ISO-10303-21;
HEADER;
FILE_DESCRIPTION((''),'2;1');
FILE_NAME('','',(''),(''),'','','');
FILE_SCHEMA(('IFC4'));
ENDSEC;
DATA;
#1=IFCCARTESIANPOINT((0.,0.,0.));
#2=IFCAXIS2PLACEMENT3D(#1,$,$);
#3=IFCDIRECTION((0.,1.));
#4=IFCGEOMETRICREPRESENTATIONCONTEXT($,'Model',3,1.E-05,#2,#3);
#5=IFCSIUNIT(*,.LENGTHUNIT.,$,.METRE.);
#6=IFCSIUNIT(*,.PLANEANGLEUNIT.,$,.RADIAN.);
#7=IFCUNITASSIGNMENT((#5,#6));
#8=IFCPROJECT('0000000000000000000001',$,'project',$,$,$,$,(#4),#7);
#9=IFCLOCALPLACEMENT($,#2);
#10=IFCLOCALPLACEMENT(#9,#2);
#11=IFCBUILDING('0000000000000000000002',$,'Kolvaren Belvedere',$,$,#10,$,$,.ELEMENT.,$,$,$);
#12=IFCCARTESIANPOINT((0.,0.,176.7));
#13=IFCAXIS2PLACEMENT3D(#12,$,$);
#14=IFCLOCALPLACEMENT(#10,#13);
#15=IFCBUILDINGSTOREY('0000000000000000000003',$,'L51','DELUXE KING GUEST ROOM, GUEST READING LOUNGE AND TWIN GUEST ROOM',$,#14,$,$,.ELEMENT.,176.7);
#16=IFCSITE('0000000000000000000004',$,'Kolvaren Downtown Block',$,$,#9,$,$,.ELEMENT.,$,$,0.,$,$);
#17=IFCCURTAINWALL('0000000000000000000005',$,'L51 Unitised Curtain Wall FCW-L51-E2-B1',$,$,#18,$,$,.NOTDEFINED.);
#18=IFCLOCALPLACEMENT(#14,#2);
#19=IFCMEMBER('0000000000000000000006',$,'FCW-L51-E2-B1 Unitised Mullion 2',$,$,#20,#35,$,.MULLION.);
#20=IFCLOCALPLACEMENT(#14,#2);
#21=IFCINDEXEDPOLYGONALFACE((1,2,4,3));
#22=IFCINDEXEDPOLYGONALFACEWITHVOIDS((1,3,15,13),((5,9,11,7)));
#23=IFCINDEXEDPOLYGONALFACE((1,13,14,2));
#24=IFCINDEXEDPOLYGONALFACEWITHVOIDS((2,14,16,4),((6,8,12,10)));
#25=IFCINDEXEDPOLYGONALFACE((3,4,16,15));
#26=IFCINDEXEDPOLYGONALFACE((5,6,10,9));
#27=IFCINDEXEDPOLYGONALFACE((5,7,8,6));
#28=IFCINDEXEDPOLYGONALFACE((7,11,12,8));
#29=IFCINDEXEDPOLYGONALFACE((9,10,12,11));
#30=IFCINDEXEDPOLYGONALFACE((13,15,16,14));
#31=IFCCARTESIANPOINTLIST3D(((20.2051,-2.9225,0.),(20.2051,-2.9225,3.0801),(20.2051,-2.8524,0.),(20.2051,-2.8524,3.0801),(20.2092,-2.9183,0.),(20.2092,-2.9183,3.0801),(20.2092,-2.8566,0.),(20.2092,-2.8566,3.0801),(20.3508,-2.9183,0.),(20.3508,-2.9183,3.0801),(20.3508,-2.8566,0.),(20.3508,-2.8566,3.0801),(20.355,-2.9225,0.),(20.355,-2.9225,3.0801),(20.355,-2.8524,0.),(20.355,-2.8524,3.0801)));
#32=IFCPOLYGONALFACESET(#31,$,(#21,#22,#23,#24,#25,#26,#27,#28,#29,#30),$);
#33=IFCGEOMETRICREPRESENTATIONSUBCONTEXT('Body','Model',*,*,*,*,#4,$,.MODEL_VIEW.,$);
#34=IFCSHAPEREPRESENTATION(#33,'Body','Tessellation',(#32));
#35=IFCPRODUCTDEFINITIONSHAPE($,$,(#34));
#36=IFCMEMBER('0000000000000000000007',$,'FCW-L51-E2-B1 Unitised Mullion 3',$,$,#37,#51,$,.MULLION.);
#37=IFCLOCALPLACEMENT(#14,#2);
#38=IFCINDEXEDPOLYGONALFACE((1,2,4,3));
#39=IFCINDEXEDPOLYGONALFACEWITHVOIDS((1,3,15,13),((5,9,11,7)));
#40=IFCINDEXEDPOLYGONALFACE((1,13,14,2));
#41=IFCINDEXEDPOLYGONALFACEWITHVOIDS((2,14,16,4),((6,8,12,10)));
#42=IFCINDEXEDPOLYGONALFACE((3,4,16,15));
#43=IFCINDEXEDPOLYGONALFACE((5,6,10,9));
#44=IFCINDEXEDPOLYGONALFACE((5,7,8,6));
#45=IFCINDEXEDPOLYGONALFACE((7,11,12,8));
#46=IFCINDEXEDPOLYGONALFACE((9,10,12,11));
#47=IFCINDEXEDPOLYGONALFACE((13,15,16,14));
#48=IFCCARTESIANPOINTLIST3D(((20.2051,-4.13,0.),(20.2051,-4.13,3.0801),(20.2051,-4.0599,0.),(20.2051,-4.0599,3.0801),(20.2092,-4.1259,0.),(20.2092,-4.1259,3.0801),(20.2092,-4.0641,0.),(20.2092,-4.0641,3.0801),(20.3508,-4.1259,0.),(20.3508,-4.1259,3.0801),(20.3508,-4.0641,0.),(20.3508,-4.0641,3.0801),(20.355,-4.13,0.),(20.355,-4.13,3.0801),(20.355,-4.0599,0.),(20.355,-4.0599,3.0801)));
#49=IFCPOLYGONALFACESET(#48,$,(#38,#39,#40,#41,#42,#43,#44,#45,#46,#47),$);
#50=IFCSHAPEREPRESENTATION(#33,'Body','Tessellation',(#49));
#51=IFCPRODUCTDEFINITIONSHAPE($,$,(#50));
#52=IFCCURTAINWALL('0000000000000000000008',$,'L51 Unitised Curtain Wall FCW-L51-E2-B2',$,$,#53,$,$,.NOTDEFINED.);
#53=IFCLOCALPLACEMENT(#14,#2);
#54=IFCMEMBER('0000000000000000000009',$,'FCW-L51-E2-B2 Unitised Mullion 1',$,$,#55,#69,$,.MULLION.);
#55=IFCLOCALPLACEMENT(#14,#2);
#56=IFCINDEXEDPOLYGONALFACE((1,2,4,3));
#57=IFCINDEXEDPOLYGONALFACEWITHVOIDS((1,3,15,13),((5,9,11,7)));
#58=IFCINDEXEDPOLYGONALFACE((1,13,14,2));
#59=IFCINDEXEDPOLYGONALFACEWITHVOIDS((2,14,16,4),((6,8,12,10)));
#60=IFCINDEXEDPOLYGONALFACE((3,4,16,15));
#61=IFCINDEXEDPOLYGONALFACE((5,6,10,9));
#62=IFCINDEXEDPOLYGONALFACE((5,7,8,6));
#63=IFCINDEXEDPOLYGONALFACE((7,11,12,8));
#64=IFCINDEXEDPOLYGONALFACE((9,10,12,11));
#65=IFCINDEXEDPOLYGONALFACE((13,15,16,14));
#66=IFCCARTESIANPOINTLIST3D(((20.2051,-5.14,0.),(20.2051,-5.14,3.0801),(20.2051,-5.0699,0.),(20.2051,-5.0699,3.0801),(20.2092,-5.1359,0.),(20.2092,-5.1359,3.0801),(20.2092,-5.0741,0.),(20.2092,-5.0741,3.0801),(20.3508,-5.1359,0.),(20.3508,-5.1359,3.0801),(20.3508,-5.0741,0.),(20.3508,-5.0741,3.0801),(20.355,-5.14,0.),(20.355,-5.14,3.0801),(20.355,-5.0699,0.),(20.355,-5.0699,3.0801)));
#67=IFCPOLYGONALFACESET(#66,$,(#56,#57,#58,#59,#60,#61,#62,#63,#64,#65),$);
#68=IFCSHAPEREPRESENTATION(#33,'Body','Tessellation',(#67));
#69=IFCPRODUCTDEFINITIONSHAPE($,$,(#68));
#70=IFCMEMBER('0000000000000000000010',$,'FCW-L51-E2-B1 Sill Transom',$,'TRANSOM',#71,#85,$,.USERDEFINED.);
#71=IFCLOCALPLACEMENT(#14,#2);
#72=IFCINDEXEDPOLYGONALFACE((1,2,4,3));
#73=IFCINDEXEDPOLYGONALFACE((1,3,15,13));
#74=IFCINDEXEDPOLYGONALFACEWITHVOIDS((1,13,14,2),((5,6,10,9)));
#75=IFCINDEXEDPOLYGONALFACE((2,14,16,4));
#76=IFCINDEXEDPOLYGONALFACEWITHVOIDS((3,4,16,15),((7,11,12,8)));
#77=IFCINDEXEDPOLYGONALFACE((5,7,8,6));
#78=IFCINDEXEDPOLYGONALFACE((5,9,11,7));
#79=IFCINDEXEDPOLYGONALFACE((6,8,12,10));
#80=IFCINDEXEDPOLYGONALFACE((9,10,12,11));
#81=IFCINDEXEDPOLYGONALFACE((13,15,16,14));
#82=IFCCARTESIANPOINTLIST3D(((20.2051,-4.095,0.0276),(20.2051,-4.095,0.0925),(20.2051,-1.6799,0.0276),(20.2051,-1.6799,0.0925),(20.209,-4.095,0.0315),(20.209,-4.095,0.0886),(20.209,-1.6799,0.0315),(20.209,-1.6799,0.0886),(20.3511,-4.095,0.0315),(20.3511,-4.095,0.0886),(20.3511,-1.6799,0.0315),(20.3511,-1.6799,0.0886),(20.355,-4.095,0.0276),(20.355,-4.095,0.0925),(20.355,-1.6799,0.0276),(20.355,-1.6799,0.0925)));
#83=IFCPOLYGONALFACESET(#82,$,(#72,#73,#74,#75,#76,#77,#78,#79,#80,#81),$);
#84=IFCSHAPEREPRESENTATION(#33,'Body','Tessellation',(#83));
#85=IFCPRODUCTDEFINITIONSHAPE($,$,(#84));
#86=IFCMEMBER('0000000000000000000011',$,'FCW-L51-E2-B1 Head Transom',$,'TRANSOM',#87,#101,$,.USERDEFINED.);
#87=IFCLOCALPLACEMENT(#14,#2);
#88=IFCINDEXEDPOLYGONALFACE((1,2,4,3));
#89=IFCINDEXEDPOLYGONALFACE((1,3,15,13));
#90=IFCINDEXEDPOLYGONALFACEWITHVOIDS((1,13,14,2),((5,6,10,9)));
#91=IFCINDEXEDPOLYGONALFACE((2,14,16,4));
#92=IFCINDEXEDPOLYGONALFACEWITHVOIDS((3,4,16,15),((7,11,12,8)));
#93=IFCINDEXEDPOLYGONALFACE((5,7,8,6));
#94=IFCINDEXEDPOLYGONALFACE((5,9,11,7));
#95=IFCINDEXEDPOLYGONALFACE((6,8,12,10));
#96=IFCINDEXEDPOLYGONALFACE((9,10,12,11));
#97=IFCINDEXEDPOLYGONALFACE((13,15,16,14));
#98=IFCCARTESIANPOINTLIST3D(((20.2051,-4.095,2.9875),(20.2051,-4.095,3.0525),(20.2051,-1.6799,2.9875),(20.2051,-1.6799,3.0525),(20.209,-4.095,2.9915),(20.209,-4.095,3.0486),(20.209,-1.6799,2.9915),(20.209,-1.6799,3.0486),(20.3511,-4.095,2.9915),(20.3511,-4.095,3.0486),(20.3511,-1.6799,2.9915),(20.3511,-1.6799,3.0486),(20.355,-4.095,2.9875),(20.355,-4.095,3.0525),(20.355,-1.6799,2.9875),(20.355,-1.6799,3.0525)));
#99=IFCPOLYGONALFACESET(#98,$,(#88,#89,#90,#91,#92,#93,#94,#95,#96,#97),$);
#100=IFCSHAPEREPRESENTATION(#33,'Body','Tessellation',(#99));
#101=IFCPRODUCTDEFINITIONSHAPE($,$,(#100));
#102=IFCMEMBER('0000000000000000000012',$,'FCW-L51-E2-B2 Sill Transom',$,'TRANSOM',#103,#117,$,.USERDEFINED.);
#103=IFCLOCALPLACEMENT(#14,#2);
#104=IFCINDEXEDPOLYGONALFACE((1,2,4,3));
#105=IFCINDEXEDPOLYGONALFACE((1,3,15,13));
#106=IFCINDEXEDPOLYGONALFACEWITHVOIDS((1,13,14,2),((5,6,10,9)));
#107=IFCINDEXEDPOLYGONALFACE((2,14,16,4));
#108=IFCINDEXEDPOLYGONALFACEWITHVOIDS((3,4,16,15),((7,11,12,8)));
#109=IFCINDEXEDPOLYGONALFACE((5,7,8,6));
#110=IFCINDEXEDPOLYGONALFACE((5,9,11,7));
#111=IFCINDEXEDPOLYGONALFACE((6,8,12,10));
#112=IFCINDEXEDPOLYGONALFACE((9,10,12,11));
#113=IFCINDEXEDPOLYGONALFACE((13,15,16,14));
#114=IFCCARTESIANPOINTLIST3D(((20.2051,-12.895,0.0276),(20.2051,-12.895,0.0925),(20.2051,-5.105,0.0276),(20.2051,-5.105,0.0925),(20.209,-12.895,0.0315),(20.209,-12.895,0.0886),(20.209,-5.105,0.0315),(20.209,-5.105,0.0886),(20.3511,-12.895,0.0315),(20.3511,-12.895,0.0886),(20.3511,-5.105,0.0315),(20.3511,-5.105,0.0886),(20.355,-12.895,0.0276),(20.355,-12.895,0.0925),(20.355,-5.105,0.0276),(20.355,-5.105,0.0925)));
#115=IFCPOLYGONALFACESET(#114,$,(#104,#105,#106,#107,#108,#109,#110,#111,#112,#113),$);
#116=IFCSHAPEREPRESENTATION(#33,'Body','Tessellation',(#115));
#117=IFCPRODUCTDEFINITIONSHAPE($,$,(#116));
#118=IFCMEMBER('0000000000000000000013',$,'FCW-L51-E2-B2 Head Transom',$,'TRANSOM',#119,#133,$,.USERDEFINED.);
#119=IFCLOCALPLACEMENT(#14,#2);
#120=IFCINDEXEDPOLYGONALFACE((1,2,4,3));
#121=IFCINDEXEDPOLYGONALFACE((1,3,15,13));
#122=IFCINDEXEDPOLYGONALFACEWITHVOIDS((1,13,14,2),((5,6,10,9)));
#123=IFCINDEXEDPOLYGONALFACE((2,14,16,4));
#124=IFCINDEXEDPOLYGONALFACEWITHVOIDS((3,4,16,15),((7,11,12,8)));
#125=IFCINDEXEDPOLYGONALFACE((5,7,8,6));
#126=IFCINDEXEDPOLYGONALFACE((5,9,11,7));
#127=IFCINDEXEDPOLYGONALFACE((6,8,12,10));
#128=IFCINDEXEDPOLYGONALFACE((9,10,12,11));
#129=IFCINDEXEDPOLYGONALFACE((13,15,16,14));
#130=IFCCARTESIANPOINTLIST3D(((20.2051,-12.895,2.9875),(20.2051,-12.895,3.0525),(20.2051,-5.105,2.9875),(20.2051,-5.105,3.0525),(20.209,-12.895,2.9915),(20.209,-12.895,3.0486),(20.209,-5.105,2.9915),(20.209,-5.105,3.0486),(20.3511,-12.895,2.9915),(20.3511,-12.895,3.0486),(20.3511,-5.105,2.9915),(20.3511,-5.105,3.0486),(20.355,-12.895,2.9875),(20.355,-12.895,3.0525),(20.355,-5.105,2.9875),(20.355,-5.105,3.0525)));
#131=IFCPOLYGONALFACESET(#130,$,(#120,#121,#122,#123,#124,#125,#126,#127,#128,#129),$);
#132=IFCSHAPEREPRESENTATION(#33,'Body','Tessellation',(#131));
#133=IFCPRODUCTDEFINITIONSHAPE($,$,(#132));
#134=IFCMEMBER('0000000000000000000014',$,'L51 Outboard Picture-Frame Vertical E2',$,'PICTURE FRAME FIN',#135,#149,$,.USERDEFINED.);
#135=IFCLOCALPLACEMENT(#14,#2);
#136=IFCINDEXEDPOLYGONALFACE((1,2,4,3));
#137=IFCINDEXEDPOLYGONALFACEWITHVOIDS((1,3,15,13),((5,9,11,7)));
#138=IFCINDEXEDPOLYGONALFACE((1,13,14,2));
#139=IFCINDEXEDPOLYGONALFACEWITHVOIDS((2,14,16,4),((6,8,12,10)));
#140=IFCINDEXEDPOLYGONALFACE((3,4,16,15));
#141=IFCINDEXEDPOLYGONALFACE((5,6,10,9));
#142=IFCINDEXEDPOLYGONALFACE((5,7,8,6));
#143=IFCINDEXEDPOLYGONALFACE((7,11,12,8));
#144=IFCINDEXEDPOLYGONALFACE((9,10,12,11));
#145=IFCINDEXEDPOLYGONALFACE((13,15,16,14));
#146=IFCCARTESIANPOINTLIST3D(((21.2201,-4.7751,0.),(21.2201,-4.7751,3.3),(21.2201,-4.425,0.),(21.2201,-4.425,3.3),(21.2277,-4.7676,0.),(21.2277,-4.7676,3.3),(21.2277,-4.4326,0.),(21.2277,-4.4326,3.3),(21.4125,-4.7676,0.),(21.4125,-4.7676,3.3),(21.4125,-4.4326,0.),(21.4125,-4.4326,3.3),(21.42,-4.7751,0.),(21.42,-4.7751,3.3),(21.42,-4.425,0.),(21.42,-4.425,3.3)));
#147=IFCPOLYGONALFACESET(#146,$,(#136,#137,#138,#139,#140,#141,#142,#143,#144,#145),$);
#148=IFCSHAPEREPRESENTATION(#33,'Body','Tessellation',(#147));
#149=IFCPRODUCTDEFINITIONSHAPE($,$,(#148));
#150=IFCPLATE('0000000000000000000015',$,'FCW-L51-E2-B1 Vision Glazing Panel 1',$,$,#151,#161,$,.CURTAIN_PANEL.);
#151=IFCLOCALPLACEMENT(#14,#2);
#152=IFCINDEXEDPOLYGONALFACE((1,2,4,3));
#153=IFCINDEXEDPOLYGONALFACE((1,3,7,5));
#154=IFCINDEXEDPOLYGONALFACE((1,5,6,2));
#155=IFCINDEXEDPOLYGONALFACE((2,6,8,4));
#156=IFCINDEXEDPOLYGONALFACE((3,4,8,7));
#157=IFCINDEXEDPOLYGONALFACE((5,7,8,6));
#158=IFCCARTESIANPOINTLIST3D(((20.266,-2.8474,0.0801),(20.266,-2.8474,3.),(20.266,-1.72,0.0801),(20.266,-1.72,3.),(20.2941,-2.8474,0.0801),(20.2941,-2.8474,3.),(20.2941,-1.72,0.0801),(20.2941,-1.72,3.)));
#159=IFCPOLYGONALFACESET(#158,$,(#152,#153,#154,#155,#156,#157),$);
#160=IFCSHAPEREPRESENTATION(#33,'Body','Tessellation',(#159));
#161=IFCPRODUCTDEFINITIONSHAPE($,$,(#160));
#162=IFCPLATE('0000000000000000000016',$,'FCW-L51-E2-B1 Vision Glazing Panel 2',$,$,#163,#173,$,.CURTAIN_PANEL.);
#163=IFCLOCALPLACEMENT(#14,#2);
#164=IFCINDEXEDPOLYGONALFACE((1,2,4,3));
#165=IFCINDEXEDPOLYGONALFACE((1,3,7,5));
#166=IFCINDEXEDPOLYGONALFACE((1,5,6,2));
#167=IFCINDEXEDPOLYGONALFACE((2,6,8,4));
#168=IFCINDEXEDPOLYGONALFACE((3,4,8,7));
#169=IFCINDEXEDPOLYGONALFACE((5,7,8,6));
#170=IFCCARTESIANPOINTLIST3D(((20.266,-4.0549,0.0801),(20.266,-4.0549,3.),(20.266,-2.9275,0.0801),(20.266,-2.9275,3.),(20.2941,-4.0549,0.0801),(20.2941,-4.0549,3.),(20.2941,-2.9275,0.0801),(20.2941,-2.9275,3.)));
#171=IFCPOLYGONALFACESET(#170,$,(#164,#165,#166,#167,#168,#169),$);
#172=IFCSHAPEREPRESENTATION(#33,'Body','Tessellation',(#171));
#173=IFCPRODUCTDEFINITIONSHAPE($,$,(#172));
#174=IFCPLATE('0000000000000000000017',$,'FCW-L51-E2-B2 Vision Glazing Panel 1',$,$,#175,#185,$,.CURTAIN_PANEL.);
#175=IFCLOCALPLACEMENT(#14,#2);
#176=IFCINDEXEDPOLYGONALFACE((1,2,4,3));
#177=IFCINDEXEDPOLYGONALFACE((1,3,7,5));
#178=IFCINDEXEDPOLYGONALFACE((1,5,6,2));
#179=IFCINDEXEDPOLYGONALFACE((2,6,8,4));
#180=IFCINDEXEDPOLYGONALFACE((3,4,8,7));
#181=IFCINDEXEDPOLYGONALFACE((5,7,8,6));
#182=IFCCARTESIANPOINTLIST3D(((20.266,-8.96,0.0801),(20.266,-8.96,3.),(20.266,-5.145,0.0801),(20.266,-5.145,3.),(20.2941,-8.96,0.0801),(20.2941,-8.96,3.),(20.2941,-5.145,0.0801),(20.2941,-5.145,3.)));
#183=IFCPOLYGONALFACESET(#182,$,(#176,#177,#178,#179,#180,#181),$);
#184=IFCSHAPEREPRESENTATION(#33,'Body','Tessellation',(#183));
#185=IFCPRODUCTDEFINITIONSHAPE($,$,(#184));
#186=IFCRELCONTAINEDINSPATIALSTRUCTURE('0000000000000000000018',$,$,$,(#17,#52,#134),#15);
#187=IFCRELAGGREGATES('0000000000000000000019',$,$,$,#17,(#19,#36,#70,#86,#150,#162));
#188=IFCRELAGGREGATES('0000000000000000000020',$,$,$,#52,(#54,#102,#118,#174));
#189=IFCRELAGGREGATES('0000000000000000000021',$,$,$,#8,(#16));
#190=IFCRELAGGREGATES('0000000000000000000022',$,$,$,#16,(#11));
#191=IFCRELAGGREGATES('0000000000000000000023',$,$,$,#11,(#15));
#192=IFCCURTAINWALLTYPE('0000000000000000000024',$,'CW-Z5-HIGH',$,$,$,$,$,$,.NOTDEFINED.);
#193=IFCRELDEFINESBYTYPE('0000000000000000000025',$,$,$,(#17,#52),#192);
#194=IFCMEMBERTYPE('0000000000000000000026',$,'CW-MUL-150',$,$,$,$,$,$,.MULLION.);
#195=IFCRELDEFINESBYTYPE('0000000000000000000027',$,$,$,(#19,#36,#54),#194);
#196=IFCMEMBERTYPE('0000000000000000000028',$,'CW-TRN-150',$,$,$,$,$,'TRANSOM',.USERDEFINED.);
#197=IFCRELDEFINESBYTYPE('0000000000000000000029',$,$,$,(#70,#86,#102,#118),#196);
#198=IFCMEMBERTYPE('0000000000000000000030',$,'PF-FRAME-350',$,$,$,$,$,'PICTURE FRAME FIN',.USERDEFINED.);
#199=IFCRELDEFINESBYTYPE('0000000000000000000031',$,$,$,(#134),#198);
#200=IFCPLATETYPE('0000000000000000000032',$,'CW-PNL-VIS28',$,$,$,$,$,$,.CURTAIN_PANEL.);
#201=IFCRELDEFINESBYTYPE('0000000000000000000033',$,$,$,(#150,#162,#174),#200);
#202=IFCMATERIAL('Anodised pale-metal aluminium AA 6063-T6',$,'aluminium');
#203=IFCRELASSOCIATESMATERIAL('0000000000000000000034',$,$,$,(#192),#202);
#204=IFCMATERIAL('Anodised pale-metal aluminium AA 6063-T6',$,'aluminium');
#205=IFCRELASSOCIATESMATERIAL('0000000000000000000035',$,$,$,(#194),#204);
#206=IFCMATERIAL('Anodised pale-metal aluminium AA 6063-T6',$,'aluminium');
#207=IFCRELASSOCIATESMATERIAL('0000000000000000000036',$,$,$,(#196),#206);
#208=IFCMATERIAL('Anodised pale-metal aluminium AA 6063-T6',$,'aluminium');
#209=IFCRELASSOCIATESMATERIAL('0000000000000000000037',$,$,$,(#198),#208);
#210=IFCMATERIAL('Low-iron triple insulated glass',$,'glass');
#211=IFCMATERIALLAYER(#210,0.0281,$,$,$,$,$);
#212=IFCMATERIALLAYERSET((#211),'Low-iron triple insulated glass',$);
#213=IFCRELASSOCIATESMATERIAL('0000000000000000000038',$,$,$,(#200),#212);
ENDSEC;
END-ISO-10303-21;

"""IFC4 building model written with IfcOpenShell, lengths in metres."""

from ifc_helpers import new_model, si_unit, direction, frame, origin, origin_2d, place, context, subcontext, project, spatial, rectangle, hollow_rectangle, extrude, material, layer, layer_set, material_profile, profile_set, type_object, element, aggregate, save


model = new_model("IFC4")

# Units and contexts
model_context = context("Model", 3, precision=1e-05, world=origin(), true_north=direction((0.0, 1.0)))
body_context = subcontext(model_context, "Body", "Model", "MODEL_VIEW")
ifc_project = project(units=[si_unit("LENGTHUNIT", "METRE"), si_unit("PLANEANGLEUNIT", "RADIAN")], contexts=[model_context])

# Site, building, storey
site_placement = place(None, origin())
site = spatial("IfcSite", under=ifc_project, at=site_placement, Name="Kolvaren Downtown Block", CompositionType="ELEMENT", RefElevation=0.0)
building_placement = place(site_placement, origin())
building = spatial("IfcBuilding", under=site, at=building_placement, Name="Kolvaren Belvedere", CompositionType="ELEMENT")
storey_placement = place(building_placement, frame((0.0, 0.0, 176.7)))
storey = spatial("IfcBuildingStorey", under=building, at=storey_placement, Name="L51", Description="DELUXE KING GUEST ROOM, GUEST READING LOUNGE AND TWIN GUEST ROOM", CompositionType="ELEMENT", Elevation=176.7)

# Curtain wall, members
ifc_material_1 = material(Name="Anodised pale-metal aluminium AA 6063-T6", Category="aluminium")
curtain_wall_type = type_object("IfcCurtainWallType", Name="CW-Z5-HIGH", PredefinedType="NOTDEFINED", material=ifc_material_1)
curtain_wall_1_placement = place(storey_placement, origin())
curtain_wall_1 = element("IfcCurtainWall", 1, at=curtain_wall_1_placement, inside=storey, type_object=curtain_wall_type, Name="L51 Unitised Curtain Wall FCW-L51-E2-B1", PredefinedType="NOTDEFINED")
ifc_material_2 = material(Name="Anodised pale-metal aluminium AA 6063-T6", Category="aluminium")
ifc_material_profile_1 = material_profile(ifc_material_2, hollow_rectangle(XDim=0.0701, YDim=0.1499, WallThickness=0.0042, at=origin_2d()), Name="ALU-MUL-150X70")
ifc_profile_set_1 = profile_set([ifc_material_profile_1], Name="Anodised pale-metal aluminium AA 6063-T6")
member_type_1 = type_object("IfcMemberType", Name="CW-MUL-150", PredefinedType="MULLION", material=ifc_profile_set_1)
member_1_placement = place(storey_placement, frame((20.28, -2.8875, 0.0), z_axis=(0.0, 0.0, 1.0), x_axis=(0.0, 1.0, 0.0)))
member_1 = element("IfcMember", 2, at=member_1_placement, type_object=member_type_1, Name="FCW-L51-E2-B1 Unitised Mullion 2", PredefinedType="MULLION", context=body_context, shape_type="SweptSolid", body=[
    extrude(hollow_rectangle(XDim=0.0701, YDim=0.1499, WallThickness=0.0042, at=origin_2d()), origin(), (0.0, 0.0, 1.0), 3.0801),
])
member_2_placement = place(storey_placement, frame((20.28, -4.095, 0.0), z_axis=(0.0, 0.0, 1.0), x_axis=(0.0, 1.0, 0.0)))
member_2 = element("IfcMember", 3, at=member_2_placement, type_object=member_type_1, Name="FCW-L51-E2-B1 Unitised Mullion 3", PredefinedType="MULLION", context=body_context, shape_type="SweptSolid", body=[
    extrude(hollow_rectangle(XDim=0.0701, YDim=0.1499, WallThickness=0.0042, at=origin_2d()), origin(), (0.0, 0.0, 1.0), 3.0801),
])

# Curtain wall, member
curtain_wall_2_placement = place(storey_placement, origin())
curtain_wall_2 = element("IfcCurtainWall", 4, at=curtain_wall_2_placement, inside=storey, type_object=curtain_wall_type, Name="L51 Unitised Curtain Wall FCW-L51-E2-B2", PredefinedType="NOTDEFINED")
member_3_placement = place(storey_placement, frame((20.28, -5.105, 0.0), z_axis=(0.0, 0.0, 1.0), x_axis=(0.0, 1.0, 0.0)))
member_3 = element("IfcMember", 5, at=member_3_placement, type_object=member_type_1, Name="FCW-L51-E2-B2 Unitised Mullion 1", PredefinedType="MULLION", context=body_context, shape_type="SweptSolid", body=[
    extrude(hollow_rectangle(XDim=0.0701, YDim=0.1499, WallThickness=0.0042, at=origin_2d()), origin(), (0.0, 0.0, 1.0), 3.0801),
])

# Members
ifc_material_3 = material(Name="Anodised pale-metal aluminium AA 6063-T6", Category="aluminium")
ifc_material_profile_2 = material_profile(ifc_material_3, hollow_rectangle(XDim=0.0649, YDim=0.1499, WallThickness=0.0039, at=origin_2d()), Name="ALU-TRN-150X65")
ifc_profile_set_2 = profile_set([ifc_material_profile_2], Name="Anodised pale-metal aluminium AA 6063-T6")
member_type_2 = type_object("IfcMemberType", Name="CW-TRN-150", ElementType="TRANSOM", PredefinedType="USERDEFINED", material=ifc_profile_set_2)
member_4_placement = place(storey_placement, frame((20.28, -1.6799, 0.0601), z_axis=(0.0, -1.0, 0.0), x_axis=(0.0, 0.0, 1.0)))
member_4 = element("IfcMember", 6, at=member_4_placement, type_object=member_type_2, Name="FCW-L51-E2-B1 Sill Transom", ObjectType="TRANSOM", PredefinedType="USERDEFINED", context=body_context, shape_type="SweptSolid", body=[
    extrude(hollow_rectangle(XDim=0.0649, YDim=0.1499, WallThickness=0.0039, at=origin_2d()), origin(), (0.0, 0.0, 1.0), 2.415),
])
member_5_placement = place(storey_placement, frame((20.28, -1.6799, 3.02), z_axis=(0.0, -1.0, 0.0), x_axis=(0.0, 0.0, 1.0)))
member_5 = element("IfcMember", 7, at=member_5_placement, type_object=member_type_2, Name="FCW-L51-E2-B1 Head Transom", ObjectType="TRANSOM", PredefinedType="USERDEFINED", context=body_context, shape_type="SweptSolid", body=[
    extrude(hollow_rectangle(XDim=0.0649, YDim=0.1499, WallThickness=0.0039, at=origin_2d()), origin(), (0.0, 0.0, 1.0), 2.415),
])
member_6_placement = place(storey_placement, frame((20.28, -5.105, 0.0601), z_axis=(0.0, -1.0, 0.0), x_axis=(0.0, 0.0, 1.0)))
member_6 = element("IfcMember", 8, at=member_6_placement, type_object=member_type_2, Name="FCW-L51-E2-B2 Sill Transom", ObjectType="TRANSOM", PredefinedType="USERDEFINED", context=body_context, shape_type="SweptSolid", body=[
    extrude(hollow_rectangle(XDim=0.0649, YDim=0.1499, WallThickness=0.0039, at=origin_2d()), origin(), (0.0, 0.0, 1.0), 7.79),
])
member_7_placement = place(storey_placement, frame((20.28, -5.105, 3.02), z_axis=(0.0, -1.0, 0.0), x_axis=(0.0, 0.0, 1.0)))
member_7 = element("IfcMember", 9, at=member_7_placement, type_object=member_type_2, Name="FCW-L51-E2-B2 Head Transom", ObjectType="TRANSOM", PredefinedType="USERDEFINED", context=body_context, shape_type="SweptSolid", body=[
    extrude(hollow_rectangle(XDim=0.0649, YDim=0.1499, WallThickness=0.0039, at=origin_2d()), origin(), (0.0, 0.0, 1.0), 7.79),
])
ifc_material_4 = material(Name="Anodised pale-metal aluminium AA 6063-T6", Category="aluminium")
ifc_material_profile_3 = material_profile(ifc_material_4, hollow_rectangle(XDim=0.2, YDim=0.3501, WallThickness=0.0076, at=origin_2d()), Name="ALU-PF-350X200")
ifc_profile_set_3 = profile_set([ifc_material_profile_3], Name="Anodised pale-metal aluminium AA 6063-T6")
member_type_3 = type_object("IfcMemberType", Name="PF-FRAME-350", ElementType="PICTURE FRAME FIN", PredefinedType="USERDEFINED", material=ifc_profile_set_3)
member_8_placement = place(storey_placement, frame((21.3201, -4.6001, 0.0), z_axis=(0.0, 0.0, 1.0), x_axis=(1.0, 0.0, 0.0)))
element("IfcMember", 10, at=member_8_placement, inside=storey, type_object=member_type_3, Name="L51 Outboard Picture-Frame Vertical E2", ObjectType="PICTURE FRAME FIN", PredefinedType="USERDEFINED", context=body_context, shape_type="SweptSolid", body=[
    extrude(hollow_rectangle(XDim=0.2, YDim=0.3501, WallThickness=0.0076, at=origin_2d()), origin(), (0.0, 0.0, 1.0), 3.3),
])

# Plates
ifc_material_5 = material(Name="Low-iron triple insulated glass", Category="glass")
ifc_layer_1 = layer(ifc_material_5, 0.0281)
ifc_layer_set_1 = layer_set([ifc_layer_1], Name="Low-iron triple insulated glass")
plate_type_1 = type_object("IfcPlateType", Name="CW-PNL-VIS28", PredefinedType="CURTAIN_PANEL", material=ifc_layer_set_1)
plate_1_placement = place(storey_placement, frame((20.28, -2.2837, 0.0801), z_axis=(0.0, 0.0, 1.0), x_axis=(0.0, -1.0, 0.0)))
plate_1 = element("IfcPlate", 11, at=plate_1_placement, type_object=plate_type_1, Name="FCW-L51-E2-B1 Vision Glazing Panel 1", PredefinedType="CURTAIN_PANEL", context=body_context, shape_type="SweptSolid", body=[
    extrude(rectangle(XDim=1.1274, YDim=0.0281, at=origin_2d()), origin(), (0.0, 0.0, 1.0), 2.9199),
])
plate_2_placement = place(storey_placement, frame((20.28, -3.4912, 0.0801), z_axis=(0.0, 0.0, 1.0), x_axis=(0.0, -1.0, 0.0)))
plate_2 = element("IfcPlate", 12, at=plate_2_placement, type_object=plate_type_1, Name="FCW-L51-E2-B1 Vision Glazing Panel 2", PredefinedType="CURTAIN_PANEL", context=body_context, shape_type="SweptSolid", body=[
    extrude(rectangle(XDim=1.1274, YDim=0.0281, at=origin_2d()), origin(), (0.0, 0.0, 1.0), 2.9199),
])
aggregate(curtain_wall_1, [member_1, member_2, member_4, member_5, plate_1, plate_2])
plate_3_placement = place(storey_placement, frame((20.28, -7.0525, 0.0801), z_axis=(0.0, 0.0, 1.0), x_axis=(0.0, -1.0, 0.0)))
plate_3 = element("IfcPlate", 13, at=plate_3_placement, type_object=plate_type_1, Name="FCW-L51-E2-B2 Vision Glazing Panel 1", PredefinedType="CURTAIN_PANEL", context=body_context, shape_type="SweptSolid", body=[
    extrude(rectangle(XDim=3.8149, YDim=0.0281, at=origin_2d()), origin(), (0.0, 0.0, 1.0), 2.9199),
])
aggregate(curtain_wall_2, [member_3, member_6, member_7, plate_3])

save(model, "model.ifc")
